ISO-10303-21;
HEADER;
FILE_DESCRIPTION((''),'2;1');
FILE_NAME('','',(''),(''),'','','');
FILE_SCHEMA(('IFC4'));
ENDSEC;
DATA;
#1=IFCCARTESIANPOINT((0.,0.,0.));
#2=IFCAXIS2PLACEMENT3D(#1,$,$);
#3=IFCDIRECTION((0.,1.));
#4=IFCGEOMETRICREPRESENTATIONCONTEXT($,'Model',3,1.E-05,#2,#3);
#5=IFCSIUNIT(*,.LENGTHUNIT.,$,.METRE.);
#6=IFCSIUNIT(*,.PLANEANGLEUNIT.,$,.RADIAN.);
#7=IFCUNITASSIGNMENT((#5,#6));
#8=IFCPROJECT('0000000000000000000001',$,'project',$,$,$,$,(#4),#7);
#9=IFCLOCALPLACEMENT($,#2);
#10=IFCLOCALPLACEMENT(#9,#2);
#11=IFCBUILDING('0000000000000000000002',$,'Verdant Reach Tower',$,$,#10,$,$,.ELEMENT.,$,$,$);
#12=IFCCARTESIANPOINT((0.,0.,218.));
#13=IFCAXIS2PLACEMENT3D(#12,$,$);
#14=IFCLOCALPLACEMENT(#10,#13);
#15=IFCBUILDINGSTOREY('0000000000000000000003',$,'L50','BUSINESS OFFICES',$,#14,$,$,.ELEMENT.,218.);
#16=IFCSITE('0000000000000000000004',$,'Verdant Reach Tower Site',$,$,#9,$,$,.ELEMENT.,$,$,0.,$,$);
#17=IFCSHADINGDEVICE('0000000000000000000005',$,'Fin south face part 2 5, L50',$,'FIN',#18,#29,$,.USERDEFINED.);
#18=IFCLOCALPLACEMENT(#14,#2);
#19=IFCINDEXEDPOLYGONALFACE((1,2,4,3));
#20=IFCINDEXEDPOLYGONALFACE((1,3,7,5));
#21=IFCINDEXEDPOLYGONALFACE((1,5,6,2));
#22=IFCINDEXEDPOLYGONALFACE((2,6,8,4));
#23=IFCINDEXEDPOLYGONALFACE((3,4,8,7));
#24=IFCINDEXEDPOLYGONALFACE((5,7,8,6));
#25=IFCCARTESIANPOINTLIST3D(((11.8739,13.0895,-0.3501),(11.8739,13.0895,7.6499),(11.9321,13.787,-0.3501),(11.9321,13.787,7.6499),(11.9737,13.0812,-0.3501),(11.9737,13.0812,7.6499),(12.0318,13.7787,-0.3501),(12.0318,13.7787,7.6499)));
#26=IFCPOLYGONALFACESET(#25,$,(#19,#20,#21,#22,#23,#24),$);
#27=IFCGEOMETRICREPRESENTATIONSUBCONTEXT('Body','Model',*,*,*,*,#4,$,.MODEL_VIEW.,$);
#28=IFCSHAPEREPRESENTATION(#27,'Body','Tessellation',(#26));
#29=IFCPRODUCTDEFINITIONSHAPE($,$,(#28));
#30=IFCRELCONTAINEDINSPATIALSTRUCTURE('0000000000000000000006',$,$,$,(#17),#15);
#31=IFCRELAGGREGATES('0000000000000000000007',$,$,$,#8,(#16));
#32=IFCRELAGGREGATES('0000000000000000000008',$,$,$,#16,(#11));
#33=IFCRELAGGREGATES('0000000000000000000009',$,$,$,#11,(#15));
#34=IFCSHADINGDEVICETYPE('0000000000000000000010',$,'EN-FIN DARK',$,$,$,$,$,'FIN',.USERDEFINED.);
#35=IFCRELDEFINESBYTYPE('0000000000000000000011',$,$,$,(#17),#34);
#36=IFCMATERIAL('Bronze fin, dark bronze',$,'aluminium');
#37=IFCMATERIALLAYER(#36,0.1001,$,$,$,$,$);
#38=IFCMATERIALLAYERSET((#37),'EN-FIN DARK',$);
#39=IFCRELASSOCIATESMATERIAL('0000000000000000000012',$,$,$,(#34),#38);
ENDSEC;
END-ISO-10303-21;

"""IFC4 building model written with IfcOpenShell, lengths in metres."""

from ifc_helpers import new_model, si_unit, direction, frame, origin, origin_2d, place, context, subcontext, project, spatial, rectangle, extrude, material, layer, layer_set, type_object, element, save


model = new_model("IFC4")

# Units and contexts
model_context = context("Model", 3, precision=1e-05, world=origin(), true_north=direction((0.0, 1.0)))
body_context = subcontext(model_context, "Body", "Model", "MODEL_VIEW")
ifc_project = project(units=[si_unit("LENGTHUNIT", "METRE"), si_unit("PLANEANGLEUNIT", "RADIAN")], contexts=[model_context])

# Site, building, storey
site_placement = place(None, origin())
site = spatial("IfcSite", under=ifc_project, at=site_placement, Name="Verdant Reach Tower Site", CompositionType="ELEMENT", RefElevation=0.0)
building_placement = place(site_placement, origin())
building = spatial("IfcBuilding", under=site, at=building_placement, Name="Verdant Reach Tower", CompositionType="ELEMENT")
storey_placement = place(building_placement, frame((0.0, 0.0, 218.0)))
storey = spatial("IfcBuildingStorey", under=building, at=storey_placement, Name="L50", Description="BUSINESS OFFICES", CompositionType="ELEMENT", Elevation=218.0)

# Shading device
ifc_material_1 = material(Name="Bronze fin, dark bronze", Category="aluminium")
ifc_layer_1 = layer(ifc_material_1, 0.1001)
ifc_layer_set_1 = layer_set([ifc_layer_1], Name="EN-FIN DARK")
shading_device_type_1 = type_object("IfcShadingDeviceType", Name="EN-FIN DARK", ElementType="FIN", PredefinedType="USERDEFINED", material=ifc_layer_set_1)
shading_device_1_placement = place(storey_placement, frame((11.9529, 13.4341, -0.3501), z_axis=(0.0, 0.0, 1.0), x_axis=(0.996546, -0.083045, 0.0)))
element("IfcShadingDevice", 1, at=shading_device_1_placement, inside=storey, type_object=shading_device_type_1, Name="Fin south face part 2 5, L50", ObjectType="FIN", PredefinedType="USERDEFINED", context=body_context, shape_type="SweptSolid", body=[
    extrude(rectangle(XDim=0.1001, YDim=0.7, at=origin_2d()), origin(), (0.0, 0.0, 1.0), 8.0),
])

save(model, "model.ifc")
